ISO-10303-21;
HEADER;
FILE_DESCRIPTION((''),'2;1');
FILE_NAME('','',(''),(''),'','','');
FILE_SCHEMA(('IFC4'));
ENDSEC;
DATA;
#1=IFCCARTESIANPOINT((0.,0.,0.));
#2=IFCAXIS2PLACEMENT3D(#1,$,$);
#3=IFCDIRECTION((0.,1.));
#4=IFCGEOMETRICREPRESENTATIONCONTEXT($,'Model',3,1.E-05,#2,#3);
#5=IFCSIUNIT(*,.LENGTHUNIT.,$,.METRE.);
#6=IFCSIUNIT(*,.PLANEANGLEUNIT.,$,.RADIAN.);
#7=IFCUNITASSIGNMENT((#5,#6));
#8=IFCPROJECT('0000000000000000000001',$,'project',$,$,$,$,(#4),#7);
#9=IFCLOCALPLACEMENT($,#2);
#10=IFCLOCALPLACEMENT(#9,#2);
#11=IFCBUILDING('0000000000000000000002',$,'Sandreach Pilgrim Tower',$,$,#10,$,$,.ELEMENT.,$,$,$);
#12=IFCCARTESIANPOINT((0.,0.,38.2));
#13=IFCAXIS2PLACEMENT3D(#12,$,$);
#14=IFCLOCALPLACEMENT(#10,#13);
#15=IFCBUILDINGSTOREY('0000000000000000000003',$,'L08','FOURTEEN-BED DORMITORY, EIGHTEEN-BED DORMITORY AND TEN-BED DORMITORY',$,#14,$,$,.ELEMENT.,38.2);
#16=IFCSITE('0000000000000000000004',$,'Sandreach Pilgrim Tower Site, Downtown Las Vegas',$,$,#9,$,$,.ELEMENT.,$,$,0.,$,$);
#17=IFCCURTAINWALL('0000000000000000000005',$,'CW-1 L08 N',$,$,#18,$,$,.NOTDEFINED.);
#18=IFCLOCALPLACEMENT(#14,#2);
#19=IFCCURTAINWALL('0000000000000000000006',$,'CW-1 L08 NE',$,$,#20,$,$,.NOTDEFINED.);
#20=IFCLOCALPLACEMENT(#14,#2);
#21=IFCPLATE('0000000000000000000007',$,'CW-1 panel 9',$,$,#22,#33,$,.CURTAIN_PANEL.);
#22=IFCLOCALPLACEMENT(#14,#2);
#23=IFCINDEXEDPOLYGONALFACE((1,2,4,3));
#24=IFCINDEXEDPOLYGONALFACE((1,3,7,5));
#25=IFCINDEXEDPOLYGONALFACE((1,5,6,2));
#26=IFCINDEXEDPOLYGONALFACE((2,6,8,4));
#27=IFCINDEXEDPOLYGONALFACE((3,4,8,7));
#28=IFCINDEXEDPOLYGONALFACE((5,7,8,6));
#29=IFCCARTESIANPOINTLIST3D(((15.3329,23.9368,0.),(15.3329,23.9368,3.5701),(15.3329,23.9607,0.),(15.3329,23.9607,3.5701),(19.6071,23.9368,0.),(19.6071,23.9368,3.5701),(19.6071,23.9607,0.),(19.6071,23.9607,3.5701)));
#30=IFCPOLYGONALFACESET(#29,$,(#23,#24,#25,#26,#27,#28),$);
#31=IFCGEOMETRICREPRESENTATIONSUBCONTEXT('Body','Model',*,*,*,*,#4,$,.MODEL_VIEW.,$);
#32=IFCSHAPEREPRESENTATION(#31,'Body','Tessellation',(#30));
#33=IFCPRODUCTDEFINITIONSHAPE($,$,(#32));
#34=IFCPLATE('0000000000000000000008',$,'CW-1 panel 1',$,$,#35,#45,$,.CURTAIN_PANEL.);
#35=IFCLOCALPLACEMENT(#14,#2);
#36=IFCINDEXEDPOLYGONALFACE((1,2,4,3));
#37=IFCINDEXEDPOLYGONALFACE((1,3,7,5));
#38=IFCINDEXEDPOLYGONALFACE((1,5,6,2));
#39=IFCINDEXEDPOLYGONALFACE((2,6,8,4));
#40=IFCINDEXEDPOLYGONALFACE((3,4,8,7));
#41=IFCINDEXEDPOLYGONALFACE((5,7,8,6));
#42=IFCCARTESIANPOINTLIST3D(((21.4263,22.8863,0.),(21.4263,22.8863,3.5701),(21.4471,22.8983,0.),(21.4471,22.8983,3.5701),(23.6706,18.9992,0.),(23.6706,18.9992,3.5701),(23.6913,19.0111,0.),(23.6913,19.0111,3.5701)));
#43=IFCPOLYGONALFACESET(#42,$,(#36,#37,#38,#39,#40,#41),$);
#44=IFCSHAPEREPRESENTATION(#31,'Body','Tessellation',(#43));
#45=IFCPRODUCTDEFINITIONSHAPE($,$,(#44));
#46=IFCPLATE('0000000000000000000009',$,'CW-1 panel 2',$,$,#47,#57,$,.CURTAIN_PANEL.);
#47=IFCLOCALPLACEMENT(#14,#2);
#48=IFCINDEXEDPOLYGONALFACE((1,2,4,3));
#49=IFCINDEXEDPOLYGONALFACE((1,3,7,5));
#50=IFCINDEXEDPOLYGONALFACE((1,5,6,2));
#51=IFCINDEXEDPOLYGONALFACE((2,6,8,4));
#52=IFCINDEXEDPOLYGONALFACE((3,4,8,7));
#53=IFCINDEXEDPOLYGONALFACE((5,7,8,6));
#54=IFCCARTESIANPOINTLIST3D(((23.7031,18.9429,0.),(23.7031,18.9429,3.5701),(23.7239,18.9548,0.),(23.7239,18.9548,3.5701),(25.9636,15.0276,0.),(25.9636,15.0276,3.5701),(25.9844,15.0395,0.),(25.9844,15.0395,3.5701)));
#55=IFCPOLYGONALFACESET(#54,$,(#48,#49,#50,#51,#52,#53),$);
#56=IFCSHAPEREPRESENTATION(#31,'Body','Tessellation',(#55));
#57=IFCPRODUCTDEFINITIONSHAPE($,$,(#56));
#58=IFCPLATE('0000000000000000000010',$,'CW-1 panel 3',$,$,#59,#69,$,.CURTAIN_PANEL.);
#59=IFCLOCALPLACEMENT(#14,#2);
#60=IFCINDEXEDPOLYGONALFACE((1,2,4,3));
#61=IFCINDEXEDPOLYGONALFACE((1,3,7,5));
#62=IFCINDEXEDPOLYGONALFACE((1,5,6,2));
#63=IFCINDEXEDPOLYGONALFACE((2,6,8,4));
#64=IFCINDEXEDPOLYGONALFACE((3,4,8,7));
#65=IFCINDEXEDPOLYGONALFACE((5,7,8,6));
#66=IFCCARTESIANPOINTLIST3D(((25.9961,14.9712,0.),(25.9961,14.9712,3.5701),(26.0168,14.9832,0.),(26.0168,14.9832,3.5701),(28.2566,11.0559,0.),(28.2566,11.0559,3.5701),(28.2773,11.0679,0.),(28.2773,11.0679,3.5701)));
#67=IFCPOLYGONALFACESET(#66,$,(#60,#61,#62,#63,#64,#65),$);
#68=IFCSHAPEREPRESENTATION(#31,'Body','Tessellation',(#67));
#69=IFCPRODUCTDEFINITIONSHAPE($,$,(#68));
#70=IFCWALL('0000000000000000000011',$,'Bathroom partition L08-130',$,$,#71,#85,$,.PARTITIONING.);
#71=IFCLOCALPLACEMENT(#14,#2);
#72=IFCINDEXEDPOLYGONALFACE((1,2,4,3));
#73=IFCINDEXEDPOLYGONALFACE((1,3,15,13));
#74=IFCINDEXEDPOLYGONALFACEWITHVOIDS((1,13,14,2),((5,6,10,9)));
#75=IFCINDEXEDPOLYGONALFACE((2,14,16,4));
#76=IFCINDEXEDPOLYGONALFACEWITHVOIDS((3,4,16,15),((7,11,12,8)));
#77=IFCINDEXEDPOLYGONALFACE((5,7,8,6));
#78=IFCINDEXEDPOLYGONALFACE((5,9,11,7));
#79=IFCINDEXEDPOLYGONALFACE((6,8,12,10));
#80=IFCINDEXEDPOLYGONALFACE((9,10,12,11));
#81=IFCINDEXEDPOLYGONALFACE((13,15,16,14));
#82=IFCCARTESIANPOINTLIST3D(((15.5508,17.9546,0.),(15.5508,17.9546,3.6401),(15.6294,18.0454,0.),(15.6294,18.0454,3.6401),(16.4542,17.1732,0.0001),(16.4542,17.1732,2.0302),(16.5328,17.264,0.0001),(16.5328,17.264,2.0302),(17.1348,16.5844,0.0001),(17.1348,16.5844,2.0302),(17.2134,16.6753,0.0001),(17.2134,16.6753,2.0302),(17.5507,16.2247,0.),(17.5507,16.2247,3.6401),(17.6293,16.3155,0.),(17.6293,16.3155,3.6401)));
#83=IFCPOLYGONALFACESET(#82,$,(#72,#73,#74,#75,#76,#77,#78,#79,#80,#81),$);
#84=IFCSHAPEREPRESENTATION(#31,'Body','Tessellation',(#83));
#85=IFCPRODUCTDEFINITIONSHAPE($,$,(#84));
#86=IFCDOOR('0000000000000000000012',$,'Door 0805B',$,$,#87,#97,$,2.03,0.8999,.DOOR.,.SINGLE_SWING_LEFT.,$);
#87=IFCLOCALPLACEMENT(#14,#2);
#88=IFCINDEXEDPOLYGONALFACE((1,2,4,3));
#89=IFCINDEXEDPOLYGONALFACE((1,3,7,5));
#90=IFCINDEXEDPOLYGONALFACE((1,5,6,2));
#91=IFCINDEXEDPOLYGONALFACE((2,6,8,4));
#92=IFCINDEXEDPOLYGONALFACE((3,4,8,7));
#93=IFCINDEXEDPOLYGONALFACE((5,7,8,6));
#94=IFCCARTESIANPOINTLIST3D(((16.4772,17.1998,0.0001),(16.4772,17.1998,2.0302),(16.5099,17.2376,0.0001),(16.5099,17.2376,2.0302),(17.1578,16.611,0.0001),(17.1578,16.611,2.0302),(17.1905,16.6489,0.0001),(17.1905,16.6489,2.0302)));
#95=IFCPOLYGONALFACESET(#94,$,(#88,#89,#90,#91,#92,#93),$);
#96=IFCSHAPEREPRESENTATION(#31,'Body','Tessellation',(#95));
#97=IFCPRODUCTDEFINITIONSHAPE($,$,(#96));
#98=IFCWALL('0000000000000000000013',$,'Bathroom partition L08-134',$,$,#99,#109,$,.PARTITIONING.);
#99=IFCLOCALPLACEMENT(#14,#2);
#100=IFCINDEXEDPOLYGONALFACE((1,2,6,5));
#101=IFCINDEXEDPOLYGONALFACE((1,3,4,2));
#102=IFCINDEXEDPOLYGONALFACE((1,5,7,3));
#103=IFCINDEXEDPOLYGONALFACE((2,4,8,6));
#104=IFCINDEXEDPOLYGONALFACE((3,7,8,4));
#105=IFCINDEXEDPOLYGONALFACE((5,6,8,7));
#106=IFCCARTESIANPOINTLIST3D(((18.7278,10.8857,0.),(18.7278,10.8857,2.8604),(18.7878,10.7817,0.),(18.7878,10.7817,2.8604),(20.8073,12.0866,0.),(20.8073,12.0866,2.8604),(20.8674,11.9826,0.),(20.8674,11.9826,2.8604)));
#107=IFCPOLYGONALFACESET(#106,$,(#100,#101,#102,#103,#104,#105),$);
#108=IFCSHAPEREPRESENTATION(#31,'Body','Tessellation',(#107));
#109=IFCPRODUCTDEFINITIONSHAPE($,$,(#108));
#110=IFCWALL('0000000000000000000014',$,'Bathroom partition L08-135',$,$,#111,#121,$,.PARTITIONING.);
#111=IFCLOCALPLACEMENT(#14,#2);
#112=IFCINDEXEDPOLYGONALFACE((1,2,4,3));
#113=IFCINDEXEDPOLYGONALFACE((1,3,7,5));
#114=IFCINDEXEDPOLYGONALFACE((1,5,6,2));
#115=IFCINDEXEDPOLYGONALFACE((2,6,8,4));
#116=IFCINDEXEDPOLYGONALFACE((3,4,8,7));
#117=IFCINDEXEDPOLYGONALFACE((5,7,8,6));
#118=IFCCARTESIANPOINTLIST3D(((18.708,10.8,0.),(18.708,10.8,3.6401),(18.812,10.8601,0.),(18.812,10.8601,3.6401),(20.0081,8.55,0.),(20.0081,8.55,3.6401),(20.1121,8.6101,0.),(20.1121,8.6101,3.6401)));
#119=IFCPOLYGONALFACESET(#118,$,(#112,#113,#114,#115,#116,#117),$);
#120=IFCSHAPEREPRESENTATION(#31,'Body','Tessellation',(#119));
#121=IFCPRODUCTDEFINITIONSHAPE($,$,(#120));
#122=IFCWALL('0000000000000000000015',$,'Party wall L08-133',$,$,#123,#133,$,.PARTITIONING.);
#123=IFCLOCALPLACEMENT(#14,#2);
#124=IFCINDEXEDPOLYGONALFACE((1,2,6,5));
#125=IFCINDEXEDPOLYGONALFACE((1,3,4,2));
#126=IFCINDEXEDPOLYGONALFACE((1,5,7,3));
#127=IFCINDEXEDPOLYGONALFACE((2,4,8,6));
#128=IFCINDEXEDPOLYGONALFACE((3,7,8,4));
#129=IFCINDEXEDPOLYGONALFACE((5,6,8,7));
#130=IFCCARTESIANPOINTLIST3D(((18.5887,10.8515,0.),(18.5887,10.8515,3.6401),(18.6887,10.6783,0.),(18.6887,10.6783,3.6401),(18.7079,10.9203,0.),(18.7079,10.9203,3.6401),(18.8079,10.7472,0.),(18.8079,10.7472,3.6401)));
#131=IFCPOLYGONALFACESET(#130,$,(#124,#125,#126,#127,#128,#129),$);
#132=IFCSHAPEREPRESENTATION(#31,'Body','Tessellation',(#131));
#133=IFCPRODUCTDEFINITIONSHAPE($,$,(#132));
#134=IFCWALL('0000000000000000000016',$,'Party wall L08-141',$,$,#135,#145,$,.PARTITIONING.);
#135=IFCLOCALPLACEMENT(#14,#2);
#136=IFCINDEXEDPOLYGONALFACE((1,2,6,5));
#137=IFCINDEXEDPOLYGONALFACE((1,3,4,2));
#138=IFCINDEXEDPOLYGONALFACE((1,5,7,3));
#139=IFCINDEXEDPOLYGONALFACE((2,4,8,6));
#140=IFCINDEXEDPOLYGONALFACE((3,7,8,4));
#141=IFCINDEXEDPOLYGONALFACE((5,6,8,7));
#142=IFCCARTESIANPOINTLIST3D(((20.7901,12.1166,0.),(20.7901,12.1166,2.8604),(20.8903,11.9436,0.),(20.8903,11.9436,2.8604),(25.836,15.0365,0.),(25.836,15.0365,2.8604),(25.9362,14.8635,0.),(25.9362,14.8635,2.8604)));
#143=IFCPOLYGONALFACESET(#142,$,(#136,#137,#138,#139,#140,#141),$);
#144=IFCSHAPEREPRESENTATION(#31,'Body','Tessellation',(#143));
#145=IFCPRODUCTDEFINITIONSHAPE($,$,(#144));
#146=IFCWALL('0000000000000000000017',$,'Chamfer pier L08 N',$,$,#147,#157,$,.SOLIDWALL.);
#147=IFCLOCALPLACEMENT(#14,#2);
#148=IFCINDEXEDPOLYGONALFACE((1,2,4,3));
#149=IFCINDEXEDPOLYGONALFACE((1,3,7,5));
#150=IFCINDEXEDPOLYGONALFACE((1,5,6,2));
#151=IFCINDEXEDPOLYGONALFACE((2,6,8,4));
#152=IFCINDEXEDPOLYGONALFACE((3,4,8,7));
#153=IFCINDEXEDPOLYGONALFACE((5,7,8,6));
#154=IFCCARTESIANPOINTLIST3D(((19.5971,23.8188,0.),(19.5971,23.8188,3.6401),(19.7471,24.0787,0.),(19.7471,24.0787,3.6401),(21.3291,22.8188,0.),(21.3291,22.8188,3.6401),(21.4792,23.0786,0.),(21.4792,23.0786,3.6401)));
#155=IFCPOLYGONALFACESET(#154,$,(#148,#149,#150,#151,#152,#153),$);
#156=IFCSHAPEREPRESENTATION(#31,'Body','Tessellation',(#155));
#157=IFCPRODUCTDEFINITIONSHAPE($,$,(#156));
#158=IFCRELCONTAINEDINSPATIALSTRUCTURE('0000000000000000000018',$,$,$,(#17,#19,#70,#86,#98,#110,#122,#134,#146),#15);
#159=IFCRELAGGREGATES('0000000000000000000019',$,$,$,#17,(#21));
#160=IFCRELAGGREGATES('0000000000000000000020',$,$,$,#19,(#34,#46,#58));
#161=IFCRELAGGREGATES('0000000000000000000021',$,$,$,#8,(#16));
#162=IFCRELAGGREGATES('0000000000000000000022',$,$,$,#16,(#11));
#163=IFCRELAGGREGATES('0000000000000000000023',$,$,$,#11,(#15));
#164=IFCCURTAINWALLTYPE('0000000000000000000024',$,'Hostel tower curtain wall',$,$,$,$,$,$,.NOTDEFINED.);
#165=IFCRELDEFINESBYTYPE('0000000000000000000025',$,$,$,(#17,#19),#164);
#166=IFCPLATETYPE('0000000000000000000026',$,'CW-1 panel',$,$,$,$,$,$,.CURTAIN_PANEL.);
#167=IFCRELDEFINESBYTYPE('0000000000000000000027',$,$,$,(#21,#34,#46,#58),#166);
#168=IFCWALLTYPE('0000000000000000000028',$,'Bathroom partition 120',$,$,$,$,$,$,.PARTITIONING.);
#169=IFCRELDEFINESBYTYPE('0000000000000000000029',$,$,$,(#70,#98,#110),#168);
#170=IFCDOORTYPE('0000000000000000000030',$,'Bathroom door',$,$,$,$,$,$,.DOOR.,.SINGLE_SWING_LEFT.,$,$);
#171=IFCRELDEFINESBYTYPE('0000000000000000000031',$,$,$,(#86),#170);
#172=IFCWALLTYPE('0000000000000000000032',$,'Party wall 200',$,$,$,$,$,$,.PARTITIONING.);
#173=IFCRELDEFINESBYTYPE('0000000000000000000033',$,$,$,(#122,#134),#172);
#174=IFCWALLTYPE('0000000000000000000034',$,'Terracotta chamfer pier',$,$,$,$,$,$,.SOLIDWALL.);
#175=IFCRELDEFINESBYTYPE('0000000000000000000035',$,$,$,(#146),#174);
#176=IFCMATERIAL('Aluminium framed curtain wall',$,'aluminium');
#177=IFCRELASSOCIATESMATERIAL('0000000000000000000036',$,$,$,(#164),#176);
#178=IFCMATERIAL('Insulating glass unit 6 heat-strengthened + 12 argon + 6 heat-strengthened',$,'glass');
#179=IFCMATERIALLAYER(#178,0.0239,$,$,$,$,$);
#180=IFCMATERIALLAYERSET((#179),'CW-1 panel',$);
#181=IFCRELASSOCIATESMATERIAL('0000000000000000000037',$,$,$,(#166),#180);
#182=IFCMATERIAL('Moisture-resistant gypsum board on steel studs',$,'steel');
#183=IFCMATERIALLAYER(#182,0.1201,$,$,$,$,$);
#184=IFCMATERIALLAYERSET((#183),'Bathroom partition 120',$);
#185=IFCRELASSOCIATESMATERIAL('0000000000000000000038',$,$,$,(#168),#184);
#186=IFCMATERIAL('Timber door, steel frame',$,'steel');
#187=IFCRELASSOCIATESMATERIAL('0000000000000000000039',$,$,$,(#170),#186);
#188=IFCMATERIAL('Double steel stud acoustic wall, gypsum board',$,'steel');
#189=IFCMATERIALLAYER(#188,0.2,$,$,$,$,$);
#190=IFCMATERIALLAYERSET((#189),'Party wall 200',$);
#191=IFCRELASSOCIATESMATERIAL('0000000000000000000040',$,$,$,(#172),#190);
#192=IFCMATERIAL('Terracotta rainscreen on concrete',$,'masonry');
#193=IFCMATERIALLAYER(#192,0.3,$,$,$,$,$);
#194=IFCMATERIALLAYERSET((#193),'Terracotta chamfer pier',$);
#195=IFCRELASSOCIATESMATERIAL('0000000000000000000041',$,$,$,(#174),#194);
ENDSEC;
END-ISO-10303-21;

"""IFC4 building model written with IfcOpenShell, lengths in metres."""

from ifc_helpers import new_model, si_unit, direction, frame, frame_2d, origin, origin_2d, place, context, subcontext, project, spatial, rectangle, extrude, material, layer, layer_set, type_object, element, fill, aggregate, save


model = new_model("IFC4")

# Units and contexts
model_context = context("Model", 3, precision=1e-05, world=origin(), true_north=direction((0.0, 1.0)))
body_context = subcontext(model_context, "Body", "Model", "MODEL_VIEW")
ifc_project = project(units=[si_unit("LENGTHUNIT", "METRE"), si_unit("PLANEANGLEUNIT", "RADIAN")], contexts=[model_context])

# Site, building, storey
site_placement = place(None, origin())
site = spatial("IfcSite", under=ifc_project, at=site_placement, Name="Sandreach Pilgrim Tower Site, Downtown Las Vegas", CompositionType="ELEMENT", RefElevation=0.0)
building_placement = place(site_placement, origin())
building = spatial("IfcBuilding", under=site, at=building_placement, Name="Sandreach Pilgrim Tower", CompositionType="ELEMENT")
storey_placement = place(building_placement, frame((0.0, 0.0, 38.2)))
storey = spatial("IfcBuildingStorey", under=building, at=storey_placement, Name="L08", Description="FOURTEEN-BED DORMITORY, EIGHTEEN-BED DORMITORY AND TEN-BED DORMITORY", CompositionType="ELEMENT", Elevation=38.2)

# Curtain wall
ifc_material_1 = material(Name="Aluminium framed curtain wall", Category="aluminium")
curtain_wall_type = type_object("IfcCurtainWallType", Name="Hostel tower curtain wall", PredefinedType="NOTDEFINED", material=ifc_material_1)
curtain_wall_1_placement = place(storey_placement, origin())
curtain_wall_1 = element("IfcCurtainWall", 1, at=curtain_wall_1_placement, inside=storey, type_object=curtain_wall_type, Name="CW-1 L08 N", PredefinedType="NOTDEFINED")

# Curtain wall
curtain_wall_2_placement = place(storey_placement, origin())
curtain_wall_2 = element("IfcCurtainWall", 2, at=curtain_wall_2_placement, inside=storey, type_object=curtain_wall_type, Name="CW-1 L08 NE", PredefinedType="NOTDEFINED")

# Plates
ifc_material_2 = material(Name="Insulating glass unit 6 heat-strengthened + 12 argon + 6 heat-strengthened", Category="glass")
ifc_layer_1 = layer(ifc_material_2, 0.0239)
ifc_layer_set_1 = layer_set([ifc_layer_1], Name="CW-1 panel")
plate_type = type_object("IfcPlateType", Name="CW-1 panel", PredefinedType="CURTAIN_PANEL", material=ifc_layer_set_1)
plate_1_placement = place(storey_placement, frame((17.47, 23.9487, 0.0), z_axis=(0.0, 0.0, 1.0), x_axis=(1.0, 0.0, 0.0)))
plate_1 = element("IfcPlate", 3, at=plate_1_placement, type_object=plate_type, Name="CW-1 panel 9", PredefinedType="CURTAIN_PANEL", context=body_context, shape_type="SweptSolid", body=[
    extrude(rectangle(XDim=4.2742, YDim=0.0239, at=origin_2d()), origin(), (0.0, 0.0, 1.0), 3.5701),
])
aggregate(curtain_wall_1, [plate_1])
plate_2_placement = place(storey_placement, frame((22.5588, 20.9487, 0.0), z_axis=(0.0, 0.0, 1.0), x_axis=(0.5, -0.866025, 0.0)))
plate_2 = element("IfcPlate", 4, at=plate_2_placement, type_object=plate_type, Name="CW-1 panel 1", PredefinedType="CURTAIN_PANEL", context=body_context, shape_type="SweptSolid", body=[
    extrude(rectangle(XDim=4.4885, YDim=0.0239, at=origin_2d()), origin(), (0.0, 0.0, 1.0), 3.5701),
])
plate_3_placement = place(storey_placement, frame((24.8438, 16.9912, 0.0), z_axis=(0.0, 0.0, 1.0), x_axis=(0.5, -0.866025, 0.0)))
plate_3 = element("IfcPlate", 5, at=plate_3_placement, type_object=plate_type, Name="CW-1 panel 2", PredefinedType="CURTAIN_PANEL", context=body_context, shape_type="SweptSolid", body=[
    extrude(rectangle(XDim=4.521, YDim=0.0239, at=origin_2d()), origin(), (0.0, 0.0, 1.0), 3.5701),
])
plate_4_placement = place(storey_placement, frame((27.1367, 13.0195, 0.0), z_axis=(0.0, 0.0, 1.0), x_axis=(0.5, -0.866025, 0.0)))
plate_4 = element("IfcPlate", 6, at=plate_4_placement, type_object=plate_type, Name="CW-1 panel 3", PredefinedType="CURTAIN_PANEL", context=body_context, shape_type="SweptSolid", body=[
    extrude(rectangle(XDim=4.521, YDim=0.0239, at=origin_2d()), origin(), (0.0, 0.0, 1.0), 3.5701),
])
aggregate(curtain_wall_2, [plate_2, plate_3, plate_4])

# Wall, opening, door
ifc_material_3 = material(Name="Moisture-resistant gypsum board on steel studs", Category="steel")
ifc_layer_2 = layer(ifc_material_3, 0.1201)
ifc_layer_set_2 = layer_set([ifc_layer_2], Name="Bathroom partition 120")
wall_type_1 = type_object("IfcWallType", Name="Bathroom partition 120", PredefinedType="PARTITIONING", material=ifc_layer_set_2)
wall_1_placement = place(storey_placement, frame((17.5901, 16.27, 0.0), z_axis=(0.0, 0.0, 1.0), x_axis=(-0.756316, 0.654206, 0.0)))
wall_1 = element("IfcWall", 7, at=wall_1_placement, inside=storey, type_object=wall_type_1, Name="Bathroom partition L08-130", PredefinedType="PARTITIONING", context=body_context, shape_type="SweptSolid", body=[
    extrude(rectangle(XDim=2.6443, YDim=0.1201, at=frame_2d((1.3223, 0.0))), origin(), (0.0, 0.0, 1.0), 3.6401),
])
opening_placement = place(wall_1_placement, frame((0.55, 0.0, 0.0)))
opening = element("IfcOpeningElement", 8, at=opening_placement, cuts=wall_1, PredefinedType="OPENING", context=body_context, shape_type="SweptSolid", body=[
    extrude(rectangle(XDim=0.8999, YDim=2.03, at=frame_2d((0.45, 1.0151))), frame((0.0, 0.0601, 0.0), z_axis=(0.0, -1.0, 0.0), x_axis=(1.0, 0.0, 0.0)), (0.0, 0.0, 1.0), 0.1201),
])
ifc_material_4 = material(Name="Timber door, steel frame", Category="steel")
door_type = type_object("IfcDoorType", Name="Bathroom door", OperationType="SINGLE_SWING_LEFT", PredefinedType="DOOR", material=ifc_material_4)
door_placement = place(opening_placement, origin())
door = element("IfcDoor", 9, at=door_placement, inside=storey, type_object=door_type, Name="Door 0805B", OperationType="SINGLE_SWING_LEFT", OverallHeight=2.03, OverallWidth=0.8999, PredefinedType="DOOR", context=body_context, shape_type="SweptSolid", body=[
    extrude(rectangle(XDim=0.8999, YDim=2.03, at=frame_2d((0.45, 1.0151))), frame((0.0, 0.0249, 0.0), z_axis=(0.0, -1.0, 0.0), x_axis=(1.0, 0.0, 0.0)), (0.0, 0.0, 1.0), 0.05),
])
fill(opening, door)

# Walls
wall_2_placement = place(storey_placement, frame((18.7578, 10.8337, 0.0), z_axis=(0.0, 0.0, 1.0), x_axis=(0.865976, 0.500086, 0.0)))
element("IfcWall", 10, at=wall_2_placement, inside=storey, type_object=wall_type_1, Name="Bathroom partition L08-134", PredefinedType="PARTITIONING", context=body_context, shape_type="SweptSolid", body=[
    extrude(rectangle(XDim=2.4014, YDim=0.1201, at=frame_2d((1.2007, 0.0))), origin(), (0.0, 0.0, 1.0), 2.8604),
])
wall_3_placement = place(storey_placement, frame((18.76, 10.8301, 0.0), z_axis=(0.0, 0.0, 1.0), x_axis=(0.500292, -0.865857, 0.0)))
element("IfcWall", 11, at=wall_3_placement, inside=storey, type_object=wall_type_1, Name="Bathroom partition L08-135", PredefinedType="PARTITIONING", context=body_context, shape_type="SweptSolid", body=[
    extrude(rectangle(XDim=2.5986, YDim=0.1201, at=frame_2d((1.2993, 0.0))), origin(), (0.0, 0.0, 1.0), 3.6401),
])
ifc_material_5 = material(Name="Double steel stud acoustic wall, gypsum board", Category="steel")
ifc_layer_3 = layer(ifc_material_5, 0.2)
ifc_layer_set_3 = layer_set([ifc_layer_3], Name="Party wall 200")
wall_type_2 = type_object("IfcWallType", Name="Party wall 200", PredefinedType="PARTITIONING", material=ifc_layer_set_3)
wall_4_placement = place(storey_placement, frame((18.6387, 10.7649, 0.0), z_axis=(0.0, 0.0, 1.0), x_axis=(0.865831, 0.500337, 0.0)))
element("IfcWall", 12, at=wall_4_placement, inside=storey, type_object=wall_type_2, Name="Party wall L08-133", PredefinedType="PARTITIONING", context=body_context, shape_type="SweptSolid", body=[
    extrude(rectangle(XDim=0.1377, YDim=0.2, at=frame_2d((0.0688, 0.0))), origin(), (0.0, 0.0, 1.0), 3.6401),
])
wall_5_placement = place(storey_placement, frame((20.8401, 12.03, 0.0), z_axis=(0.0, 0.0, 1.0), x_axis=(0.865529, 0.500858, 0.0)))
element("IfcWall", 13, at=wall_5_placement, inside=storey, type_object=wall_type_2, Name="Party wall L08-141", PredefinedType="PARTITIONING", context=body_context, shape_type="SweptSolid", body=[
    extrude(rectangle(XDim=5.8298, YDim=0.2, at=frame_2d((2.915, 0.0))), origin(), (0.0, 0.0, 1.0), 2.8604),
])
ifc_material_6 = material(Name="Terracotta rainscreen on concrete", Category="masonry")
ifc_layer_4 = layer(ifc_material_6, 0.3)
ifc_layer_set_4 = layer_set([ifc_layer_4], Name="Terracotta chamfer pier")
wall_type_3 = type_object("IfcWallType", Name="Terracotta chamfer pier", PredefinedType="SOLIDWALL", material=ifc_layer_set_4)
wall_6_placement = place(storey_placement, frame((19.6721, 23.9487, 0.0), z_axis=(0.0, 0.0, 1.0), x_axis=(0.866011, -0.500025, 0.0)))
element("IfcWall", 14, at=wall_6_placement, inside=storey, type_object=wall_type_3, Name="Chamfer pier L08 N", PredefinedType="SOLIDWALL", context=body_context, shape_type="SweptSolid", body=[
    extrude(rectangle(XDim=2.0, YDim=0.3, at=frame_2d((1.0, 0.0))), origin(), (0.0, 0.0, 1.0), 3.6401),
])

save(model, "model.ifc")
